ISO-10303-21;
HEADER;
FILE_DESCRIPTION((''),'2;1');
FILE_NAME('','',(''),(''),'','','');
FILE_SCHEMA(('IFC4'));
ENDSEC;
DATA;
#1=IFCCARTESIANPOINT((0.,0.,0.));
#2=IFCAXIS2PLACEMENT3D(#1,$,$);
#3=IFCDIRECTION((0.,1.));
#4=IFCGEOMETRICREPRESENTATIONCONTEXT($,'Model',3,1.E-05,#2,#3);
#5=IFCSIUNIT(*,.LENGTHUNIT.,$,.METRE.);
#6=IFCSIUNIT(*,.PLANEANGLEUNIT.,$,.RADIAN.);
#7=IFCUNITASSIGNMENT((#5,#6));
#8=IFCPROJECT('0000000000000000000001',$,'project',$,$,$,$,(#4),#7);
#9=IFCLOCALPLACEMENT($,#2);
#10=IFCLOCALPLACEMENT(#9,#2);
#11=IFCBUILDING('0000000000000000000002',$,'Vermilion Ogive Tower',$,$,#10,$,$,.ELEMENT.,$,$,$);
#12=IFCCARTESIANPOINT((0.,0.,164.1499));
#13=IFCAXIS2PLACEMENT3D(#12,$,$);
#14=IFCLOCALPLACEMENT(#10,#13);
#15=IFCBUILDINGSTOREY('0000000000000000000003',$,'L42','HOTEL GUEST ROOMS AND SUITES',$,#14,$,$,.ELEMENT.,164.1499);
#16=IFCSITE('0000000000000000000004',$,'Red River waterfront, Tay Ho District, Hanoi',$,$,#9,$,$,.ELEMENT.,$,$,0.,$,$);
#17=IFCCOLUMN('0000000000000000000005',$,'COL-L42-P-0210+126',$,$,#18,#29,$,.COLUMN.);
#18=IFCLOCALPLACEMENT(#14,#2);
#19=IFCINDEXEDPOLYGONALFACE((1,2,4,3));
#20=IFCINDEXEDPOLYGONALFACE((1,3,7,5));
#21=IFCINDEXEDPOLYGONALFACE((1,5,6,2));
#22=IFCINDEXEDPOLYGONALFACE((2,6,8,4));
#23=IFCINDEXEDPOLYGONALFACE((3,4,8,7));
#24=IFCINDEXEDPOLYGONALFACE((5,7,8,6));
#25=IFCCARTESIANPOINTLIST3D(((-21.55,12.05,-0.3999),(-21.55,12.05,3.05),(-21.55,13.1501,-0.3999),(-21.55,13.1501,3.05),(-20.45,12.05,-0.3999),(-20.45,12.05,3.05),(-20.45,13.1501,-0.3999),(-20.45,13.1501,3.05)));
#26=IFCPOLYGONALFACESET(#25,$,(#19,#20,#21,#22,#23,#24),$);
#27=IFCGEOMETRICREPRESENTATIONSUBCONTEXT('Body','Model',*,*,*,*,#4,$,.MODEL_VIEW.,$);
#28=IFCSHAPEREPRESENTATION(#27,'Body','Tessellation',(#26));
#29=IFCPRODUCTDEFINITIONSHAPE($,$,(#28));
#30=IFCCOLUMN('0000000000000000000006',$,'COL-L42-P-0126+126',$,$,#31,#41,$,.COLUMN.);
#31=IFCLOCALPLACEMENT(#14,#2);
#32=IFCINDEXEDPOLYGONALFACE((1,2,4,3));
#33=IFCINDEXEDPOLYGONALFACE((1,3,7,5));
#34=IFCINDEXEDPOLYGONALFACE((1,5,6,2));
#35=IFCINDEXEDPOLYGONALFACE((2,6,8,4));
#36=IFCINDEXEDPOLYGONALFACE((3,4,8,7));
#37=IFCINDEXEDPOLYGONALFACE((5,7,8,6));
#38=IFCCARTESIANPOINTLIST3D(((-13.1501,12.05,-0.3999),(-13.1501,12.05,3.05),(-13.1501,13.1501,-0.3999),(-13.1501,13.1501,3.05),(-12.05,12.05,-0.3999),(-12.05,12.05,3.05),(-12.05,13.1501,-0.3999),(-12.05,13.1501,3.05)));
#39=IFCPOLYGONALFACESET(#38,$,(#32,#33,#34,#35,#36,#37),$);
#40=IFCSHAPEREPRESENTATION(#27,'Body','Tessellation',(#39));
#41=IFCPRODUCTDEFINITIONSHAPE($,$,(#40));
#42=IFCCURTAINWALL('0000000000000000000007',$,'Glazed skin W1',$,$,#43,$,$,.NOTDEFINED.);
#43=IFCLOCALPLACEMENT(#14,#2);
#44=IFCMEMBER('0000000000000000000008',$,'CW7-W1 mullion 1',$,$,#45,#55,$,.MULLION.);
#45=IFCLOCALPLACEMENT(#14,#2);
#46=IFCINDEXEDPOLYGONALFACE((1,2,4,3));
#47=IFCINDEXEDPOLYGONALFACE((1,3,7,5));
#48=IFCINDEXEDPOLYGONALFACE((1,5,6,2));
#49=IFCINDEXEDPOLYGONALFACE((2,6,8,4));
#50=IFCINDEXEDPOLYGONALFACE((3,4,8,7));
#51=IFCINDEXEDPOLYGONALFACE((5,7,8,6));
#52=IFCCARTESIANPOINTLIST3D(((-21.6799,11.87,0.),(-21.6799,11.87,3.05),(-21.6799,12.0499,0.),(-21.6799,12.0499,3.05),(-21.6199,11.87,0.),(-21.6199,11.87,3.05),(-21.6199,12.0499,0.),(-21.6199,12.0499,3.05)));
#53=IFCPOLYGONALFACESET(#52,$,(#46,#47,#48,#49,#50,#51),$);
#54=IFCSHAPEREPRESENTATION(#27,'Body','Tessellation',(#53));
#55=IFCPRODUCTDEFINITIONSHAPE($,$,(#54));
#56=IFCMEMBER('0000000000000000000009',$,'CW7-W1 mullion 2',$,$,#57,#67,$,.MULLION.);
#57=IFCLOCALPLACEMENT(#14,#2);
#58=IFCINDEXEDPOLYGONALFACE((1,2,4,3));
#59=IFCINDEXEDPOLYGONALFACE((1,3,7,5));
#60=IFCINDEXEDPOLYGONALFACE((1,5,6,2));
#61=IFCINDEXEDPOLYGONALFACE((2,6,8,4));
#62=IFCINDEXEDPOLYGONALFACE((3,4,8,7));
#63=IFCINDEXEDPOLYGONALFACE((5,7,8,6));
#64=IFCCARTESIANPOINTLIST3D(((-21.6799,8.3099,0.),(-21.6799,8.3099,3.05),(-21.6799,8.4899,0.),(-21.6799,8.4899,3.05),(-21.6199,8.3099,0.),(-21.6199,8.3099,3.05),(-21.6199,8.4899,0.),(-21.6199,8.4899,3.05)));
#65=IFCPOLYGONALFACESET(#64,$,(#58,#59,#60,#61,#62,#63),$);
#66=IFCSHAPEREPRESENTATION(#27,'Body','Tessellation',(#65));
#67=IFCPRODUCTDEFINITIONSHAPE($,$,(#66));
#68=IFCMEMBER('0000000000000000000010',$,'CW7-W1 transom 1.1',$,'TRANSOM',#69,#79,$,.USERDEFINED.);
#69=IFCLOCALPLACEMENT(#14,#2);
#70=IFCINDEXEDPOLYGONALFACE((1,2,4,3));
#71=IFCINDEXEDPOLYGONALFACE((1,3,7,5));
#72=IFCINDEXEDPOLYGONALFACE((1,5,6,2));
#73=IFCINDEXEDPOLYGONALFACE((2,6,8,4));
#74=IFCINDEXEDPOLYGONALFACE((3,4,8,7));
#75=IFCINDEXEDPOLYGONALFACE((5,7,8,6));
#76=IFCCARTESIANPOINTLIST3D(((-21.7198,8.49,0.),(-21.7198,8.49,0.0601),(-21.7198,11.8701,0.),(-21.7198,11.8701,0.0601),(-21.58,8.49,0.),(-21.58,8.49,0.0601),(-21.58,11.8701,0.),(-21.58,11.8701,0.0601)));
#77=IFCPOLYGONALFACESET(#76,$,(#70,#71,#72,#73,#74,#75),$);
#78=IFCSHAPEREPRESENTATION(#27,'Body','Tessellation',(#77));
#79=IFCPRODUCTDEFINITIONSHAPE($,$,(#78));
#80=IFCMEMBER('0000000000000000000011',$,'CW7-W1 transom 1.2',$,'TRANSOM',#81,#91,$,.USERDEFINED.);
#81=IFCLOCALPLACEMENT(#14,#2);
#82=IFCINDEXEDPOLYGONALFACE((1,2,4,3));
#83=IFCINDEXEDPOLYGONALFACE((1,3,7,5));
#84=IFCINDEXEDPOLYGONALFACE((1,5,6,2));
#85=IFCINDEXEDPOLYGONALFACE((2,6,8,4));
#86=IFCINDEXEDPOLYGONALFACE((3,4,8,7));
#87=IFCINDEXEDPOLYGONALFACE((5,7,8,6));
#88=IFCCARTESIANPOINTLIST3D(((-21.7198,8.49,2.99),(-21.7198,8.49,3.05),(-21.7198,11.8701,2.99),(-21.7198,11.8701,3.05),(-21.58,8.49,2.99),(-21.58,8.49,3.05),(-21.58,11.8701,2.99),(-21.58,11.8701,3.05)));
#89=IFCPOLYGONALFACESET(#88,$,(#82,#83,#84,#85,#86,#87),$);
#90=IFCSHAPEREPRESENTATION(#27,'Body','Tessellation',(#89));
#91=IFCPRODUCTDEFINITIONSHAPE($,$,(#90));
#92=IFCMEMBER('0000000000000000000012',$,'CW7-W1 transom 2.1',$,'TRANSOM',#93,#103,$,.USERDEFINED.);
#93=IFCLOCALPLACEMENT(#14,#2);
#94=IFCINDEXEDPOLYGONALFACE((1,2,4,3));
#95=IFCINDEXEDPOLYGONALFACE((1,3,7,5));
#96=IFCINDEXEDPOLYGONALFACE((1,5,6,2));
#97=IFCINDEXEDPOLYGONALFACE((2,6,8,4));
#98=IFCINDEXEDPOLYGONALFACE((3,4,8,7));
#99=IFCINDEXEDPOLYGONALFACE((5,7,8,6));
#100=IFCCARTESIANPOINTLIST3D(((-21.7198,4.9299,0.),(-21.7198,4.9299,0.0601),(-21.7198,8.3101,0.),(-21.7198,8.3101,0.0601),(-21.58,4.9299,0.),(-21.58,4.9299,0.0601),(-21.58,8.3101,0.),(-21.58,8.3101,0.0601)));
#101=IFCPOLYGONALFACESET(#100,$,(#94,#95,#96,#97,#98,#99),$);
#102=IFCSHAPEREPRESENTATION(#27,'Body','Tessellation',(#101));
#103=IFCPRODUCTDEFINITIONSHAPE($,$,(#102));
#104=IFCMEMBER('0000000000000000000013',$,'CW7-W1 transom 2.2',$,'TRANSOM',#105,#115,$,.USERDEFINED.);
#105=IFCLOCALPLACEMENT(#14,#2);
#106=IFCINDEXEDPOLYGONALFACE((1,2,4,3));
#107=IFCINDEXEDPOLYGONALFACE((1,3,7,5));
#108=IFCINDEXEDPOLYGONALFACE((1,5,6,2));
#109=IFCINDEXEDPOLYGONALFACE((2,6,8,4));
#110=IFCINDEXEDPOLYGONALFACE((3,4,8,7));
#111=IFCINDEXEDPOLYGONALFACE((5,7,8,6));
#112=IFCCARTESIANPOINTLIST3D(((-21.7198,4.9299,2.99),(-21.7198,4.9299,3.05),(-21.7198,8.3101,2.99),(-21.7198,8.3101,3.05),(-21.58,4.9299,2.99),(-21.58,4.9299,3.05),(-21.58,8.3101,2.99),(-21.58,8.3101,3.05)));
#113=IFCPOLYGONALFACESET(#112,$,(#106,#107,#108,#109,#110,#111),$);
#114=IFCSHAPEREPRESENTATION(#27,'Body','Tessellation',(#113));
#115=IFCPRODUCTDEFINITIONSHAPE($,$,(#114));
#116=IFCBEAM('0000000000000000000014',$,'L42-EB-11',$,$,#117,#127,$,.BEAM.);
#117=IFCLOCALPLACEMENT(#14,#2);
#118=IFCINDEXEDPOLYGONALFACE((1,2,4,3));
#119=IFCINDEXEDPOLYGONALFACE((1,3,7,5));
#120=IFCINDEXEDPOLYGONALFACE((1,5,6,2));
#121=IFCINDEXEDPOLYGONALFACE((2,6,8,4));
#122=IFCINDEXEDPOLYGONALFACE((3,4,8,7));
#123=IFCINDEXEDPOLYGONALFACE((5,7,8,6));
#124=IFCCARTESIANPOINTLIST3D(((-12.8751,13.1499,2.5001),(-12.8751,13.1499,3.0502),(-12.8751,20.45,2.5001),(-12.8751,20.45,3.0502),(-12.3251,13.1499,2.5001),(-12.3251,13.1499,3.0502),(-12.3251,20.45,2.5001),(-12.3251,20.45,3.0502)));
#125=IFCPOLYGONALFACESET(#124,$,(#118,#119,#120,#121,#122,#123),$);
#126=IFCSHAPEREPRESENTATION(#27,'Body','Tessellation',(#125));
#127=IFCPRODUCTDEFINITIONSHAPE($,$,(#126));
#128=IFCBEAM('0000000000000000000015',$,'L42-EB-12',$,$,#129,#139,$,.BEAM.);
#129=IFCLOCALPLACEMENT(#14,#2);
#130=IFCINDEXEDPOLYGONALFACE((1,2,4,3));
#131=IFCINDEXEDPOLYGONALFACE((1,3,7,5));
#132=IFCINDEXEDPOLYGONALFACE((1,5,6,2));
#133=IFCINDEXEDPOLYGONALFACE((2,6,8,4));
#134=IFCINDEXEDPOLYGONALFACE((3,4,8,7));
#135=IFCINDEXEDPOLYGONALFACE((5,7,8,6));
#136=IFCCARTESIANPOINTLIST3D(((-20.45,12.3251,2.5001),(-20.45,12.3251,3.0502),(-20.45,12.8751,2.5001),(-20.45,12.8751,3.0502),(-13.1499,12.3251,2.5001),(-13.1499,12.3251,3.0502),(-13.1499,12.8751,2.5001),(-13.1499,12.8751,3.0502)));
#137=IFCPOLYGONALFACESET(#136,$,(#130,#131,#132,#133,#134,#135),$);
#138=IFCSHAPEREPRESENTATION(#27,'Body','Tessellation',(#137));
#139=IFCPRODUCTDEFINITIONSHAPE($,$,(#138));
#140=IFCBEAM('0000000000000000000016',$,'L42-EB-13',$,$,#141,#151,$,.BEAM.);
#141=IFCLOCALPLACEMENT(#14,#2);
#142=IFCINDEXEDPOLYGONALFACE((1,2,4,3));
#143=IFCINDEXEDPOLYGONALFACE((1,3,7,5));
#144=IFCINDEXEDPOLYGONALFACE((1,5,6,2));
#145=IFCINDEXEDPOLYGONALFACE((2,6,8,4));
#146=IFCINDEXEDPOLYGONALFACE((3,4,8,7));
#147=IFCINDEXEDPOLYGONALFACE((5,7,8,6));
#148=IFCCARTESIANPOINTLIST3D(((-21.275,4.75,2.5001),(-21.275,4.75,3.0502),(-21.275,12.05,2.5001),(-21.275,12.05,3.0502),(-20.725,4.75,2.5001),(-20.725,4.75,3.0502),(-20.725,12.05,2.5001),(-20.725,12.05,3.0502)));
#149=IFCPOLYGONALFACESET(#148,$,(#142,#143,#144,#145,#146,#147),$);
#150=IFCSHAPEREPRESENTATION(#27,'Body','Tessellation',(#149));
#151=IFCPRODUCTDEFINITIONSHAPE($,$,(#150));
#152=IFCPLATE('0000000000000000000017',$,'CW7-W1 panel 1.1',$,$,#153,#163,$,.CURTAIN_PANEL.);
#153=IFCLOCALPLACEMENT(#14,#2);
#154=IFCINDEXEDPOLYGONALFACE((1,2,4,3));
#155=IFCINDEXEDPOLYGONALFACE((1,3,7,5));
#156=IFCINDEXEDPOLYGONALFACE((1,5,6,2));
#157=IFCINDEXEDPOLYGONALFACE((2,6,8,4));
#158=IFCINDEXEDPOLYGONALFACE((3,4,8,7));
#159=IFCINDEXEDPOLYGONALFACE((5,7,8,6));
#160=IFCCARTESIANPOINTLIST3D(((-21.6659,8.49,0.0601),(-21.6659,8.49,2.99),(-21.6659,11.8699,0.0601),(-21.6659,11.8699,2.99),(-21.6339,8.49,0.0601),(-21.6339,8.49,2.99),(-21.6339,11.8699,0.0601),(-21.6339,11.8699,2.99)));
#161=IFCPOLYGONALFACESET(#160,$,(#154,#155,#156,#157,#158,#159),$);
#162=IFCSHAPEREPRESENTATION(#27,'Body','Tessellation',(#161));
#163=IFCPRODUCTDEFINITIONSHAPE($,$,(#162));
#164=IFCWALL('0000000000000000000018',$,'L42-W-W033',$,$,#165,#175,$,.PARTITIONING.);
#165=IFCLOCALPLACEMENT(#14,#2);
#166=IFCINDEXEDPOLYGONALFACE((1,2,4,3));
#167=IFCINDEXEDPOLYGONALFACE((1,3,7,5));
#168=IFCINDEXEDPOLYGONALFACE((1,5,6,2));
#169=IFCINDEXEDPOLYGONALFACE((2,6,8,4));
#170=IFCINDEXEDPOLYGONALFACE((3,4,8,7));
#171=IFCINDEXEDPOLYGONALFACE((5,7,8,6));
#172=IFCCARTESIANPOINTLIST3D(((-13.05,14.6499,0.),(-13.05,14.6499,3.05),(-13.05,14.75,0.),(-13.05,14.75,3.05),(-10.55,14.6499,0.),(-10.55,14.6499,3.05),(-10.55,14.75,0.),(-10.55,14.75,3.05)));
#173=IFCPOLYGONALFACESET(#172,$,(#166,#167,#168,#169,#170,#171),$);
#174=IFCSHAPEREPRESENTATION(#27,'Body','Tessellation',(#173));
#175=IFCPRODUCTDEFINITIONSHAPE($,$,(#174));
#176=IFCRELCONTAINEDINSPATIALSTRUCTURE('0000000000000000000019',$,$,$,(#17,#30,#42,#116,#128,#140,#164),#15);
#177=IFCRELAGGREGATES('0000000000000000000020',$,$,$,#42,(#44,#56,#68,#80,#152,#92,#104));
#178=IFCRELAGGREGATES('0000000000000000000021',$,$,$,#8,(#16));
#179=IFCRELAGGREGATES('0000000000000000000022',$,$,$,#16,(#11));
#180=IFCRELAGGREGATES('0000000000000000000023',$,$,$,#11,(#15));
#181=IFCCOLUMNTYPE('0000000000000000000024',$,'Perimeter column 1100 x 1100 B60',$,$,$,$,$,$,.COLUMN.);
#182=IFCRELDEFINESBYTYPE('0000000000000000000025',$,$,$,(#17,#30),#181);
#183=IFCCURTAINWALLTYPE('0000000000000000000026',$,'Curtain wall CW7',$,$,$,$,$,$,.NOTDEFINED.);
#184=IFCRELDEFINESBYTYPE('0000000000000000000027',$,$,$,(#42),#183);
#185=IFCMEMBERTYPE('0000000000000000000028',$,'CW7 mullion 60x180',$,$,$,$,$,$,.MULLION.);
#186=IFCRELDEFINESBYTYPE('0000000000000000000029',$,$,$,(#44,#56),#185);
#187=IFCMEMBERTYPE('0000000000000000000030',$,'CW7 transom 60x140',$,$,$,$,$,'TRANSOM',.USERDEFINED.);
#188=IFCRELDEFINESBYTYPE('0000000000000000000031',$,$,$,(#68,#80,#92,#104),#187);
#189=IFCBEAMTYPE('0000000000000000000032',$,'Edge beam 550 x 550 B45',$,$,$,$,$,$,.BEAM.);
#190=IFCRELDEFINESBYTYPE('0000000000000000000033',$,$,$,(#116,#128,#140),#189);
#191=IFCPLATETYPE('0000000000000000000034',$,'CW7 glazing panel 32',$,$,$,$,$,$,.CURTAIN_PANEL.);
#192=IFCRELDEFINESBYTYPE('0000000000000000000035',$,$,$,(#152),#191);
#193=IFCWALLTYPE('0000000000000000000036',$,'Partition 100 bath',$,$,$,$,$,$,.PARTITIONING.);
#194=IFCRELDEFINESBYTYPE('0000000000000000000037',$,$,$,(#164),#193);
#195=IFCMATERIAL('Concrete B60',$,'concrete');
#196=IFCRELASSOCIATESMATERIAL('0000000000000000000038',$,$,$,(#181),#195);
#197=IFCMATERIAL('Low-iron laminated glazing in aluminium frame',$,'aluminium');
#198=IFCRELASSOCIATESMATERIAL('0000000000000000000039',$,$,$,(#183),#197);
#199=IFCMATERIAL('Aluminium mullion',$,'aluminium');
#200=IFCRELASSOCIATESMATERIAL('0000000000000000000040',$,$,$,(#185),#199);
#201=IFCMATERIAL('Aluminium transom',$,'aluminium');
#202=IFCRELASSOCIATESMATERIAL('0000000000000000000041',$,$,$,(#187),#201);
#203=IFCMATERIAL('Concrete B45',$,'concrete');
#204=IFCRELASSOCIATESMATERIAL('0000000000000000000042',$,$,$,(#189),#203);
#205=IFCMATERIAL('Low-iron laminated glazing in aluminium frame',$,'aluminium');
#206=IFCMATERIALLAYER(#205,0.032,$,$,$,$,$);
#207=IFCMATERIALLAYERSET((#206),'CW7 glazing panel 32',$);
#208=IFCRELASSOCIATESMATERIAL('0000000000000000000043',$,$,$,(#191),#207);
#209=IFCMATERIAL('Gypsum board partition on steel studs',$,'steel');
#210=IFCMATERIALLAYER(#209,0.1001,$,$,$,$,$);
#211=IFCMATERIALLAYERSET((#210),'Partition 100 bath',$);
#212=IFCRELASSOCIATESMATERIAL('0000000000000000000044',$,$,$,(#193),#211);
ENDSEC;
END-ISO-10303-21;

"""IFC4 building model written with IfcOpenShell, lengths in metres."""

from ifc_helpers import new_model, si_unit, direction, frame, frame_2d, origin, origin_2d, place, context, subcontext, project, spatial, rectangle, extrude, material, layer, layer_set, material_profile, profile_set, type_object, element, aggregate, save


model = new_model("IFC4")

# Units and contexts
model_context = context("Model", 3, precision=1e-05, world=origin(), true_north=direction((0.0, 1.0)))
body_context = subcontext(model_context, "Body", "Model", "MODEL_VIEW")
ifc_project = project(units=[si_unit("LENGTHUNIT", "METRE"), si_unit("PLANEANGLEUNIT", "RADIAN")], contexts=[model_context])

# Site, building, storey
site_placement = place(None, origin())
site = spatial("IfcSite", under=ifc_project, at=site_placement, Name="Red River waterfront, Tay Ho District, Hanoi", CompositionType="ELEMENT", RefElevation=0.0)
building_placement = place(site_placement, origin())
building = spatial("IfcBuilding", under=site, at=building_placement, Name="Vermilion Ogive Tower", CompositionType="ELEMENT")
storey_placement = place(building_placement, frame((0.0, 0.0, 164.1499)))
storey = spatial("IfcBuildingStorey", under=building, at=storey_placement, Name="L42", Description="HOTEL GUEST ROOMS AND SUITES", CompositionType="ELEMENT", Elevation=164.1499)

# Columns
ifc_material_1 = material(Name="Concrete B60", Category="concrete")
ifc_material_profile_1 = material_profile(ifc_material_1, rectangle(XDim=1.1001, YDim=1.1001, at=origin_2d()), Name="1100 x 1100")
ifc_profile_set_1 = profile_set([ifc_material_profile_1], Name="Concrete B60")
column_type = type_object("IfcColumnType", Name="Perimeter column 1100 x 1100 B60", PredefinedType="COLUMN", material=ifc_profile_set_1)
for number, where, z_axis, x_axis, name in (
    (1, (-21.0, 12.6001, -0.3999), (0.0, 0.0, 1.0), (1.0, 0.0, 0.0), "COL-L42-P-0210+126"),
    (2, (-12.6001, 12.6001, -0.3999), (0.0, 0.0, 1.0), (1.0, 0.0, 0.0), "COL-L42-P-0126+126"),
):
    element("IfcColumn", number, at=place(storey_placement, frame(where, z_axis=z_axis, x_axis=x_axis)), inside=storey, type_object=column_type, Name=name, PredefinedType="COLUMN", context=body_context, shape_type="SweptSolid", body=[
        extrude(rectangle(XDim=1.1001, YDim=1.1001, at=origin_2d()), origin(), (0.0, 0.0, 1.0), 3.45),
    ])

# Curtain wall, members
ifc_material_2 = material(Name="Low-iron laminated glazing in aluminium frame", Category="aluminium")
curtain_wall_type = type_object("IfcCurtainWallType", Name="Curtain wall CW7", PredefinedType="NOTDEFINED", material=ifc_material_2)
curtain_wall_placement = place(storey_placement, origin())
curtain_wall = element("IfcCurtainWall", 3, at=curtain_wall_placement, inside=storey, type_object=curtain_wall_type, Name="Glazed skin W1", PredefinedType="NOTDEFINED")
ifc_material_3 = material(Name="Aluminium mullion", Category="aluminium")
ifc_material_profile_2 = material_profile(ifc_material_3, rectangle(XDim=0.0601, YDim=0.1799, at=origin_2d()), Name="AL 60x180")
ifc_profile_set_2 = profile_set([ifc_material_profile_2], Name="Aluminium mullion")
member_type_1 = type_object("IfcMemberType", Name="CW7 mullion 60x180", PredefinedType="MULLION", material=ifc_profile_set_2)
member_1_placement = place(storey_placement, frame((-21.6499, 11.96, 0.0), z_axis=(0.0, 0.0, 1.0), x_axis=(1.0, 0.0, 0.0)))
member_1 = element("IfcMember", 4, at=member_1_placement, type_object=member_type_1, Name="CW7-W1 mullion 1", PredefinedType="MULLION", context=body_context, shape_type="SweptSolid", body=[
    extrude(rectangle(XDim=0.0601, YDim=0.1799, at=origin_2d()), origin(), (0.0, 0.0, 1.0), 3.05),
])
member_2_placement = place(storey_placement, frame((-21.6499, 8.3999, 0.0), z_axis=(0.0, 0.0, 1.0), x_axis=(1.0, 0.0, 0.0)))
member_2 = element("IfcMember", 5, at=member_2_placement, type_object=member_type_1, Name="CW7-W1 mullion 2", PredefinedType="MULLION", context=body_context, shape_type="SweptSolid", body=[
    extrude(rectangle(XDim=0.0601, YDim=0.1799, at=origin_2d()), origin(), (0.0, 0.0, 1.0), 3.05),
])
ifc_material_4 = material(Name="Aluminium transom", Category="aluminium")
ifc_material_profile_3 = material_profile(ifc_material_4, rectangle(XDim=0.1399, YDim=0.0601, at=origin_2d()), Name="AL 60x140")
ifc_profile_set_3 = profile_set([ifc_material_profile_3], Name="Aluminium transom")
member_type_2 = type_object("IfcMemberType", Name="CW7 transom 60x140", ElementType="TRANSOM", PredefinedType="USERDEFINED", material=ifc_profile_set_3)
member_3_placement = place(storey_placement, frame((-21.6499, 11.8701, 0.03), z_axis=(0.0, -1.0, 0.0), x_axis=(1.0, 0.0, 0.0)))
member_3 = element("IfcMember", 6, at=member_3_placement, type_object=member_type_2, Name="CW7-W1 transom 1.1", ObjectType="TRANSOM", PredefinedType="USERDEFINED", context=body_context, shape_type="SweptSolid", body=[
    extrude(rectangle(XDim=0.1399, YDim=0.0601, at=origin_2d()), origin(), (0.0, 0.0, 1.0), 3.3801),
])
member_4_placement = place(storey_placement, frame((-21.6499, 11.8701, 3.02), z_axis=(0.0, -1.0, 0.0), x_axis=(1.0, 0.0, 0.0)))
member_4 = element("IfcMember", 7, at=member_4_placement, type_object=member_type_2, Name="CW7-W1 transom 1.2", ObjectType="TRANSOM", PredefinedType="USERDEFINED", context=body_context, shape_type="SweptSolid", body=[
    extrude(rectangle(XDim=0.1399, YDim=0.0601, at=origin_2d()), origin(), (0.0, 0.0, 1.0), 3.3801),
])
member_5_placement = place(storey_placement, frame((-21.6499, 8.3101, 0.03), z_axis=(0.0, -1.0, 0.0), x_axis=(1.0, 0.0, 0.0)))
member_5 = element("IfcMember", 8, at=member_5_placement, type_object=member_type_2, Name="CW7-W1 transom 2.1", ObjectType="TRANSOM", PredefinedType="USERDEFINED", context=body_context, shape_type="SweptSolid", body=[
    extrude(rectangle(XDim=0.1399, YDim=0.0601, at=origin_2d()), origin(), (0.0, 0.0, 1.0), 3.3801),
])
member_6_placement = place(storey_placement, frame((-21.6499, 8.3101, 3.02), z_axis=(0.0, -1.0, 0.0), x_axis=(1.0, 0.0, 0.0)))
member_6 = element("IfcMember", 9, at=member_6_placement, type_object=member_type_2, Name="CW7-W1 transom 2.2", ObjectType="TRANSOM", PredefinedType="USERDEFINED", context=body_context, shape_type="SweptSolid", body=[
    extrude(rectangle(XDim=0.1399, YDim=0.0601, at=origin_2d()), origin(), (0.0, 0.0, 1.0), 3.3801),
])

# Beams
ifc_material_5 = material(Name="Concrete B45", Category="concrete")
ifc_material_profile_4 = material_profile(ifc_material_5, rectangle(XDim=0.55, YDim=0.55, at=origin_2d()), Name="550 x 550")
ifc_profile_set_4 = profile_set([ifc_material_profile_4], Name="Concrete B45")
beam_type = type_object("IfcBeamType", Name="Edge beam 550 x 550 B45", PredefinedType="BEAM", material=ifc_profile_set_4)
for number, where, z_axis, x_axis, name in (
    (10, (-12.6001, 20.45, 2.7751), (0.0, -1.0, 0.0), (1.0, 0.0, 0.0), "L42-EB-11"),
    (11, (-13.1499, 12.6001, 2.7751), (-1.0, 0.0, 0.0), (0.0, -1.0, 0.0), "L42-EB-12"),
    (12, (-21.0, 12.05, 2.7751), (0.0, -1.0, 0.0), (1.0, 0.0, 0.0), "L42-EB-13"),
):
    element("IfcBeam", number, at=place(storey_placement, frame(where, z_axis=z_axis, x_axis=x_axis)), inside=storey, type_object=beam_type, Name=name, PredefinedType="BEAM", context=body_context, shape_type="SweptSolid", body=[
        extrude(rectangle(XDim=0.55, YDim=0.55, at=origin_2d()), origin(), (0.0, 0.0, 1.0), 7.3),
    ])

# Plate
ifc_material_6 = material(Name="Low-iron laminated glazing in aluminium frame", Category="aluminium")
ifc_layer_1 = layer(ifc_material_6, 0.032)
ifc_layer_set_1 = layer_set([ifc_layer_1], Name="CW7 glazing panel 32")
plate_type = type_object("IfcPlateType", Name="CW7 glazing panel 32", PredefinedType="CURTAIN_PANEL", material=ifc_layer_set_1)
plate_placement = place(storey_placement, frame((-21.6499, 10.1799, 0.0601), z_axis=(0.0, 0.0, 1.0), x_axis=(0.0, -1.0, 0.0)))
plate = element("IfcPlate", 13, at=plate_placement, type_object=plate_type, Name="CW7-W1 panel 1.1", PredefinedType="CURTAIN_PANEL", context=body_context, shape_type="SweptSolid", body=[
    extrude(rectangle(XDim=3.3799, YDim=0.032, at=origin_2d()), origin(), (0.0, 0.0, 1.0), 2.9299),
])
aggregate(curtain_wall, [member_1, member_2, member_3, member_4, plate, member_5, member_6])

# Wall
ifc_material_7 = material(Name="Gypsum board partition on steel studs", Category="steel")
ifc_layer_2 = layer(ifc_material_7, 0.1001)
ifc_layer_set_2 = layer_set([ifc_layer_2], Name="Partition 100 bath")
wall_type_1 = type_object("IfcWallType", Name="Partition 100 bath", PredefinedType="PARTITIONING", material=ifc_layer_set_2)
wall_1_placement = place(storey_placement, frame((-13.05, 14.7, 0.0), z_axis=(0.0, 0.0, 1.0), x_axis=(1.0, 0.0, 0.0)))
element("IfcWall", 14, at=wall_1_placement, inside=storey, type_object=wall_type_1, Name="L42-W-W033", PredefinedType="PARTITIONING", context=body_context, shape_type="SweptSolid", body=[
    extrude(rectangle(XDim=2.5, YDim=0.1001, at=frame_2d((1.25, 0.0))), origin(), (0.0, 0.0, 1.0), 3.05),
])

save(model, "model.ifc")
